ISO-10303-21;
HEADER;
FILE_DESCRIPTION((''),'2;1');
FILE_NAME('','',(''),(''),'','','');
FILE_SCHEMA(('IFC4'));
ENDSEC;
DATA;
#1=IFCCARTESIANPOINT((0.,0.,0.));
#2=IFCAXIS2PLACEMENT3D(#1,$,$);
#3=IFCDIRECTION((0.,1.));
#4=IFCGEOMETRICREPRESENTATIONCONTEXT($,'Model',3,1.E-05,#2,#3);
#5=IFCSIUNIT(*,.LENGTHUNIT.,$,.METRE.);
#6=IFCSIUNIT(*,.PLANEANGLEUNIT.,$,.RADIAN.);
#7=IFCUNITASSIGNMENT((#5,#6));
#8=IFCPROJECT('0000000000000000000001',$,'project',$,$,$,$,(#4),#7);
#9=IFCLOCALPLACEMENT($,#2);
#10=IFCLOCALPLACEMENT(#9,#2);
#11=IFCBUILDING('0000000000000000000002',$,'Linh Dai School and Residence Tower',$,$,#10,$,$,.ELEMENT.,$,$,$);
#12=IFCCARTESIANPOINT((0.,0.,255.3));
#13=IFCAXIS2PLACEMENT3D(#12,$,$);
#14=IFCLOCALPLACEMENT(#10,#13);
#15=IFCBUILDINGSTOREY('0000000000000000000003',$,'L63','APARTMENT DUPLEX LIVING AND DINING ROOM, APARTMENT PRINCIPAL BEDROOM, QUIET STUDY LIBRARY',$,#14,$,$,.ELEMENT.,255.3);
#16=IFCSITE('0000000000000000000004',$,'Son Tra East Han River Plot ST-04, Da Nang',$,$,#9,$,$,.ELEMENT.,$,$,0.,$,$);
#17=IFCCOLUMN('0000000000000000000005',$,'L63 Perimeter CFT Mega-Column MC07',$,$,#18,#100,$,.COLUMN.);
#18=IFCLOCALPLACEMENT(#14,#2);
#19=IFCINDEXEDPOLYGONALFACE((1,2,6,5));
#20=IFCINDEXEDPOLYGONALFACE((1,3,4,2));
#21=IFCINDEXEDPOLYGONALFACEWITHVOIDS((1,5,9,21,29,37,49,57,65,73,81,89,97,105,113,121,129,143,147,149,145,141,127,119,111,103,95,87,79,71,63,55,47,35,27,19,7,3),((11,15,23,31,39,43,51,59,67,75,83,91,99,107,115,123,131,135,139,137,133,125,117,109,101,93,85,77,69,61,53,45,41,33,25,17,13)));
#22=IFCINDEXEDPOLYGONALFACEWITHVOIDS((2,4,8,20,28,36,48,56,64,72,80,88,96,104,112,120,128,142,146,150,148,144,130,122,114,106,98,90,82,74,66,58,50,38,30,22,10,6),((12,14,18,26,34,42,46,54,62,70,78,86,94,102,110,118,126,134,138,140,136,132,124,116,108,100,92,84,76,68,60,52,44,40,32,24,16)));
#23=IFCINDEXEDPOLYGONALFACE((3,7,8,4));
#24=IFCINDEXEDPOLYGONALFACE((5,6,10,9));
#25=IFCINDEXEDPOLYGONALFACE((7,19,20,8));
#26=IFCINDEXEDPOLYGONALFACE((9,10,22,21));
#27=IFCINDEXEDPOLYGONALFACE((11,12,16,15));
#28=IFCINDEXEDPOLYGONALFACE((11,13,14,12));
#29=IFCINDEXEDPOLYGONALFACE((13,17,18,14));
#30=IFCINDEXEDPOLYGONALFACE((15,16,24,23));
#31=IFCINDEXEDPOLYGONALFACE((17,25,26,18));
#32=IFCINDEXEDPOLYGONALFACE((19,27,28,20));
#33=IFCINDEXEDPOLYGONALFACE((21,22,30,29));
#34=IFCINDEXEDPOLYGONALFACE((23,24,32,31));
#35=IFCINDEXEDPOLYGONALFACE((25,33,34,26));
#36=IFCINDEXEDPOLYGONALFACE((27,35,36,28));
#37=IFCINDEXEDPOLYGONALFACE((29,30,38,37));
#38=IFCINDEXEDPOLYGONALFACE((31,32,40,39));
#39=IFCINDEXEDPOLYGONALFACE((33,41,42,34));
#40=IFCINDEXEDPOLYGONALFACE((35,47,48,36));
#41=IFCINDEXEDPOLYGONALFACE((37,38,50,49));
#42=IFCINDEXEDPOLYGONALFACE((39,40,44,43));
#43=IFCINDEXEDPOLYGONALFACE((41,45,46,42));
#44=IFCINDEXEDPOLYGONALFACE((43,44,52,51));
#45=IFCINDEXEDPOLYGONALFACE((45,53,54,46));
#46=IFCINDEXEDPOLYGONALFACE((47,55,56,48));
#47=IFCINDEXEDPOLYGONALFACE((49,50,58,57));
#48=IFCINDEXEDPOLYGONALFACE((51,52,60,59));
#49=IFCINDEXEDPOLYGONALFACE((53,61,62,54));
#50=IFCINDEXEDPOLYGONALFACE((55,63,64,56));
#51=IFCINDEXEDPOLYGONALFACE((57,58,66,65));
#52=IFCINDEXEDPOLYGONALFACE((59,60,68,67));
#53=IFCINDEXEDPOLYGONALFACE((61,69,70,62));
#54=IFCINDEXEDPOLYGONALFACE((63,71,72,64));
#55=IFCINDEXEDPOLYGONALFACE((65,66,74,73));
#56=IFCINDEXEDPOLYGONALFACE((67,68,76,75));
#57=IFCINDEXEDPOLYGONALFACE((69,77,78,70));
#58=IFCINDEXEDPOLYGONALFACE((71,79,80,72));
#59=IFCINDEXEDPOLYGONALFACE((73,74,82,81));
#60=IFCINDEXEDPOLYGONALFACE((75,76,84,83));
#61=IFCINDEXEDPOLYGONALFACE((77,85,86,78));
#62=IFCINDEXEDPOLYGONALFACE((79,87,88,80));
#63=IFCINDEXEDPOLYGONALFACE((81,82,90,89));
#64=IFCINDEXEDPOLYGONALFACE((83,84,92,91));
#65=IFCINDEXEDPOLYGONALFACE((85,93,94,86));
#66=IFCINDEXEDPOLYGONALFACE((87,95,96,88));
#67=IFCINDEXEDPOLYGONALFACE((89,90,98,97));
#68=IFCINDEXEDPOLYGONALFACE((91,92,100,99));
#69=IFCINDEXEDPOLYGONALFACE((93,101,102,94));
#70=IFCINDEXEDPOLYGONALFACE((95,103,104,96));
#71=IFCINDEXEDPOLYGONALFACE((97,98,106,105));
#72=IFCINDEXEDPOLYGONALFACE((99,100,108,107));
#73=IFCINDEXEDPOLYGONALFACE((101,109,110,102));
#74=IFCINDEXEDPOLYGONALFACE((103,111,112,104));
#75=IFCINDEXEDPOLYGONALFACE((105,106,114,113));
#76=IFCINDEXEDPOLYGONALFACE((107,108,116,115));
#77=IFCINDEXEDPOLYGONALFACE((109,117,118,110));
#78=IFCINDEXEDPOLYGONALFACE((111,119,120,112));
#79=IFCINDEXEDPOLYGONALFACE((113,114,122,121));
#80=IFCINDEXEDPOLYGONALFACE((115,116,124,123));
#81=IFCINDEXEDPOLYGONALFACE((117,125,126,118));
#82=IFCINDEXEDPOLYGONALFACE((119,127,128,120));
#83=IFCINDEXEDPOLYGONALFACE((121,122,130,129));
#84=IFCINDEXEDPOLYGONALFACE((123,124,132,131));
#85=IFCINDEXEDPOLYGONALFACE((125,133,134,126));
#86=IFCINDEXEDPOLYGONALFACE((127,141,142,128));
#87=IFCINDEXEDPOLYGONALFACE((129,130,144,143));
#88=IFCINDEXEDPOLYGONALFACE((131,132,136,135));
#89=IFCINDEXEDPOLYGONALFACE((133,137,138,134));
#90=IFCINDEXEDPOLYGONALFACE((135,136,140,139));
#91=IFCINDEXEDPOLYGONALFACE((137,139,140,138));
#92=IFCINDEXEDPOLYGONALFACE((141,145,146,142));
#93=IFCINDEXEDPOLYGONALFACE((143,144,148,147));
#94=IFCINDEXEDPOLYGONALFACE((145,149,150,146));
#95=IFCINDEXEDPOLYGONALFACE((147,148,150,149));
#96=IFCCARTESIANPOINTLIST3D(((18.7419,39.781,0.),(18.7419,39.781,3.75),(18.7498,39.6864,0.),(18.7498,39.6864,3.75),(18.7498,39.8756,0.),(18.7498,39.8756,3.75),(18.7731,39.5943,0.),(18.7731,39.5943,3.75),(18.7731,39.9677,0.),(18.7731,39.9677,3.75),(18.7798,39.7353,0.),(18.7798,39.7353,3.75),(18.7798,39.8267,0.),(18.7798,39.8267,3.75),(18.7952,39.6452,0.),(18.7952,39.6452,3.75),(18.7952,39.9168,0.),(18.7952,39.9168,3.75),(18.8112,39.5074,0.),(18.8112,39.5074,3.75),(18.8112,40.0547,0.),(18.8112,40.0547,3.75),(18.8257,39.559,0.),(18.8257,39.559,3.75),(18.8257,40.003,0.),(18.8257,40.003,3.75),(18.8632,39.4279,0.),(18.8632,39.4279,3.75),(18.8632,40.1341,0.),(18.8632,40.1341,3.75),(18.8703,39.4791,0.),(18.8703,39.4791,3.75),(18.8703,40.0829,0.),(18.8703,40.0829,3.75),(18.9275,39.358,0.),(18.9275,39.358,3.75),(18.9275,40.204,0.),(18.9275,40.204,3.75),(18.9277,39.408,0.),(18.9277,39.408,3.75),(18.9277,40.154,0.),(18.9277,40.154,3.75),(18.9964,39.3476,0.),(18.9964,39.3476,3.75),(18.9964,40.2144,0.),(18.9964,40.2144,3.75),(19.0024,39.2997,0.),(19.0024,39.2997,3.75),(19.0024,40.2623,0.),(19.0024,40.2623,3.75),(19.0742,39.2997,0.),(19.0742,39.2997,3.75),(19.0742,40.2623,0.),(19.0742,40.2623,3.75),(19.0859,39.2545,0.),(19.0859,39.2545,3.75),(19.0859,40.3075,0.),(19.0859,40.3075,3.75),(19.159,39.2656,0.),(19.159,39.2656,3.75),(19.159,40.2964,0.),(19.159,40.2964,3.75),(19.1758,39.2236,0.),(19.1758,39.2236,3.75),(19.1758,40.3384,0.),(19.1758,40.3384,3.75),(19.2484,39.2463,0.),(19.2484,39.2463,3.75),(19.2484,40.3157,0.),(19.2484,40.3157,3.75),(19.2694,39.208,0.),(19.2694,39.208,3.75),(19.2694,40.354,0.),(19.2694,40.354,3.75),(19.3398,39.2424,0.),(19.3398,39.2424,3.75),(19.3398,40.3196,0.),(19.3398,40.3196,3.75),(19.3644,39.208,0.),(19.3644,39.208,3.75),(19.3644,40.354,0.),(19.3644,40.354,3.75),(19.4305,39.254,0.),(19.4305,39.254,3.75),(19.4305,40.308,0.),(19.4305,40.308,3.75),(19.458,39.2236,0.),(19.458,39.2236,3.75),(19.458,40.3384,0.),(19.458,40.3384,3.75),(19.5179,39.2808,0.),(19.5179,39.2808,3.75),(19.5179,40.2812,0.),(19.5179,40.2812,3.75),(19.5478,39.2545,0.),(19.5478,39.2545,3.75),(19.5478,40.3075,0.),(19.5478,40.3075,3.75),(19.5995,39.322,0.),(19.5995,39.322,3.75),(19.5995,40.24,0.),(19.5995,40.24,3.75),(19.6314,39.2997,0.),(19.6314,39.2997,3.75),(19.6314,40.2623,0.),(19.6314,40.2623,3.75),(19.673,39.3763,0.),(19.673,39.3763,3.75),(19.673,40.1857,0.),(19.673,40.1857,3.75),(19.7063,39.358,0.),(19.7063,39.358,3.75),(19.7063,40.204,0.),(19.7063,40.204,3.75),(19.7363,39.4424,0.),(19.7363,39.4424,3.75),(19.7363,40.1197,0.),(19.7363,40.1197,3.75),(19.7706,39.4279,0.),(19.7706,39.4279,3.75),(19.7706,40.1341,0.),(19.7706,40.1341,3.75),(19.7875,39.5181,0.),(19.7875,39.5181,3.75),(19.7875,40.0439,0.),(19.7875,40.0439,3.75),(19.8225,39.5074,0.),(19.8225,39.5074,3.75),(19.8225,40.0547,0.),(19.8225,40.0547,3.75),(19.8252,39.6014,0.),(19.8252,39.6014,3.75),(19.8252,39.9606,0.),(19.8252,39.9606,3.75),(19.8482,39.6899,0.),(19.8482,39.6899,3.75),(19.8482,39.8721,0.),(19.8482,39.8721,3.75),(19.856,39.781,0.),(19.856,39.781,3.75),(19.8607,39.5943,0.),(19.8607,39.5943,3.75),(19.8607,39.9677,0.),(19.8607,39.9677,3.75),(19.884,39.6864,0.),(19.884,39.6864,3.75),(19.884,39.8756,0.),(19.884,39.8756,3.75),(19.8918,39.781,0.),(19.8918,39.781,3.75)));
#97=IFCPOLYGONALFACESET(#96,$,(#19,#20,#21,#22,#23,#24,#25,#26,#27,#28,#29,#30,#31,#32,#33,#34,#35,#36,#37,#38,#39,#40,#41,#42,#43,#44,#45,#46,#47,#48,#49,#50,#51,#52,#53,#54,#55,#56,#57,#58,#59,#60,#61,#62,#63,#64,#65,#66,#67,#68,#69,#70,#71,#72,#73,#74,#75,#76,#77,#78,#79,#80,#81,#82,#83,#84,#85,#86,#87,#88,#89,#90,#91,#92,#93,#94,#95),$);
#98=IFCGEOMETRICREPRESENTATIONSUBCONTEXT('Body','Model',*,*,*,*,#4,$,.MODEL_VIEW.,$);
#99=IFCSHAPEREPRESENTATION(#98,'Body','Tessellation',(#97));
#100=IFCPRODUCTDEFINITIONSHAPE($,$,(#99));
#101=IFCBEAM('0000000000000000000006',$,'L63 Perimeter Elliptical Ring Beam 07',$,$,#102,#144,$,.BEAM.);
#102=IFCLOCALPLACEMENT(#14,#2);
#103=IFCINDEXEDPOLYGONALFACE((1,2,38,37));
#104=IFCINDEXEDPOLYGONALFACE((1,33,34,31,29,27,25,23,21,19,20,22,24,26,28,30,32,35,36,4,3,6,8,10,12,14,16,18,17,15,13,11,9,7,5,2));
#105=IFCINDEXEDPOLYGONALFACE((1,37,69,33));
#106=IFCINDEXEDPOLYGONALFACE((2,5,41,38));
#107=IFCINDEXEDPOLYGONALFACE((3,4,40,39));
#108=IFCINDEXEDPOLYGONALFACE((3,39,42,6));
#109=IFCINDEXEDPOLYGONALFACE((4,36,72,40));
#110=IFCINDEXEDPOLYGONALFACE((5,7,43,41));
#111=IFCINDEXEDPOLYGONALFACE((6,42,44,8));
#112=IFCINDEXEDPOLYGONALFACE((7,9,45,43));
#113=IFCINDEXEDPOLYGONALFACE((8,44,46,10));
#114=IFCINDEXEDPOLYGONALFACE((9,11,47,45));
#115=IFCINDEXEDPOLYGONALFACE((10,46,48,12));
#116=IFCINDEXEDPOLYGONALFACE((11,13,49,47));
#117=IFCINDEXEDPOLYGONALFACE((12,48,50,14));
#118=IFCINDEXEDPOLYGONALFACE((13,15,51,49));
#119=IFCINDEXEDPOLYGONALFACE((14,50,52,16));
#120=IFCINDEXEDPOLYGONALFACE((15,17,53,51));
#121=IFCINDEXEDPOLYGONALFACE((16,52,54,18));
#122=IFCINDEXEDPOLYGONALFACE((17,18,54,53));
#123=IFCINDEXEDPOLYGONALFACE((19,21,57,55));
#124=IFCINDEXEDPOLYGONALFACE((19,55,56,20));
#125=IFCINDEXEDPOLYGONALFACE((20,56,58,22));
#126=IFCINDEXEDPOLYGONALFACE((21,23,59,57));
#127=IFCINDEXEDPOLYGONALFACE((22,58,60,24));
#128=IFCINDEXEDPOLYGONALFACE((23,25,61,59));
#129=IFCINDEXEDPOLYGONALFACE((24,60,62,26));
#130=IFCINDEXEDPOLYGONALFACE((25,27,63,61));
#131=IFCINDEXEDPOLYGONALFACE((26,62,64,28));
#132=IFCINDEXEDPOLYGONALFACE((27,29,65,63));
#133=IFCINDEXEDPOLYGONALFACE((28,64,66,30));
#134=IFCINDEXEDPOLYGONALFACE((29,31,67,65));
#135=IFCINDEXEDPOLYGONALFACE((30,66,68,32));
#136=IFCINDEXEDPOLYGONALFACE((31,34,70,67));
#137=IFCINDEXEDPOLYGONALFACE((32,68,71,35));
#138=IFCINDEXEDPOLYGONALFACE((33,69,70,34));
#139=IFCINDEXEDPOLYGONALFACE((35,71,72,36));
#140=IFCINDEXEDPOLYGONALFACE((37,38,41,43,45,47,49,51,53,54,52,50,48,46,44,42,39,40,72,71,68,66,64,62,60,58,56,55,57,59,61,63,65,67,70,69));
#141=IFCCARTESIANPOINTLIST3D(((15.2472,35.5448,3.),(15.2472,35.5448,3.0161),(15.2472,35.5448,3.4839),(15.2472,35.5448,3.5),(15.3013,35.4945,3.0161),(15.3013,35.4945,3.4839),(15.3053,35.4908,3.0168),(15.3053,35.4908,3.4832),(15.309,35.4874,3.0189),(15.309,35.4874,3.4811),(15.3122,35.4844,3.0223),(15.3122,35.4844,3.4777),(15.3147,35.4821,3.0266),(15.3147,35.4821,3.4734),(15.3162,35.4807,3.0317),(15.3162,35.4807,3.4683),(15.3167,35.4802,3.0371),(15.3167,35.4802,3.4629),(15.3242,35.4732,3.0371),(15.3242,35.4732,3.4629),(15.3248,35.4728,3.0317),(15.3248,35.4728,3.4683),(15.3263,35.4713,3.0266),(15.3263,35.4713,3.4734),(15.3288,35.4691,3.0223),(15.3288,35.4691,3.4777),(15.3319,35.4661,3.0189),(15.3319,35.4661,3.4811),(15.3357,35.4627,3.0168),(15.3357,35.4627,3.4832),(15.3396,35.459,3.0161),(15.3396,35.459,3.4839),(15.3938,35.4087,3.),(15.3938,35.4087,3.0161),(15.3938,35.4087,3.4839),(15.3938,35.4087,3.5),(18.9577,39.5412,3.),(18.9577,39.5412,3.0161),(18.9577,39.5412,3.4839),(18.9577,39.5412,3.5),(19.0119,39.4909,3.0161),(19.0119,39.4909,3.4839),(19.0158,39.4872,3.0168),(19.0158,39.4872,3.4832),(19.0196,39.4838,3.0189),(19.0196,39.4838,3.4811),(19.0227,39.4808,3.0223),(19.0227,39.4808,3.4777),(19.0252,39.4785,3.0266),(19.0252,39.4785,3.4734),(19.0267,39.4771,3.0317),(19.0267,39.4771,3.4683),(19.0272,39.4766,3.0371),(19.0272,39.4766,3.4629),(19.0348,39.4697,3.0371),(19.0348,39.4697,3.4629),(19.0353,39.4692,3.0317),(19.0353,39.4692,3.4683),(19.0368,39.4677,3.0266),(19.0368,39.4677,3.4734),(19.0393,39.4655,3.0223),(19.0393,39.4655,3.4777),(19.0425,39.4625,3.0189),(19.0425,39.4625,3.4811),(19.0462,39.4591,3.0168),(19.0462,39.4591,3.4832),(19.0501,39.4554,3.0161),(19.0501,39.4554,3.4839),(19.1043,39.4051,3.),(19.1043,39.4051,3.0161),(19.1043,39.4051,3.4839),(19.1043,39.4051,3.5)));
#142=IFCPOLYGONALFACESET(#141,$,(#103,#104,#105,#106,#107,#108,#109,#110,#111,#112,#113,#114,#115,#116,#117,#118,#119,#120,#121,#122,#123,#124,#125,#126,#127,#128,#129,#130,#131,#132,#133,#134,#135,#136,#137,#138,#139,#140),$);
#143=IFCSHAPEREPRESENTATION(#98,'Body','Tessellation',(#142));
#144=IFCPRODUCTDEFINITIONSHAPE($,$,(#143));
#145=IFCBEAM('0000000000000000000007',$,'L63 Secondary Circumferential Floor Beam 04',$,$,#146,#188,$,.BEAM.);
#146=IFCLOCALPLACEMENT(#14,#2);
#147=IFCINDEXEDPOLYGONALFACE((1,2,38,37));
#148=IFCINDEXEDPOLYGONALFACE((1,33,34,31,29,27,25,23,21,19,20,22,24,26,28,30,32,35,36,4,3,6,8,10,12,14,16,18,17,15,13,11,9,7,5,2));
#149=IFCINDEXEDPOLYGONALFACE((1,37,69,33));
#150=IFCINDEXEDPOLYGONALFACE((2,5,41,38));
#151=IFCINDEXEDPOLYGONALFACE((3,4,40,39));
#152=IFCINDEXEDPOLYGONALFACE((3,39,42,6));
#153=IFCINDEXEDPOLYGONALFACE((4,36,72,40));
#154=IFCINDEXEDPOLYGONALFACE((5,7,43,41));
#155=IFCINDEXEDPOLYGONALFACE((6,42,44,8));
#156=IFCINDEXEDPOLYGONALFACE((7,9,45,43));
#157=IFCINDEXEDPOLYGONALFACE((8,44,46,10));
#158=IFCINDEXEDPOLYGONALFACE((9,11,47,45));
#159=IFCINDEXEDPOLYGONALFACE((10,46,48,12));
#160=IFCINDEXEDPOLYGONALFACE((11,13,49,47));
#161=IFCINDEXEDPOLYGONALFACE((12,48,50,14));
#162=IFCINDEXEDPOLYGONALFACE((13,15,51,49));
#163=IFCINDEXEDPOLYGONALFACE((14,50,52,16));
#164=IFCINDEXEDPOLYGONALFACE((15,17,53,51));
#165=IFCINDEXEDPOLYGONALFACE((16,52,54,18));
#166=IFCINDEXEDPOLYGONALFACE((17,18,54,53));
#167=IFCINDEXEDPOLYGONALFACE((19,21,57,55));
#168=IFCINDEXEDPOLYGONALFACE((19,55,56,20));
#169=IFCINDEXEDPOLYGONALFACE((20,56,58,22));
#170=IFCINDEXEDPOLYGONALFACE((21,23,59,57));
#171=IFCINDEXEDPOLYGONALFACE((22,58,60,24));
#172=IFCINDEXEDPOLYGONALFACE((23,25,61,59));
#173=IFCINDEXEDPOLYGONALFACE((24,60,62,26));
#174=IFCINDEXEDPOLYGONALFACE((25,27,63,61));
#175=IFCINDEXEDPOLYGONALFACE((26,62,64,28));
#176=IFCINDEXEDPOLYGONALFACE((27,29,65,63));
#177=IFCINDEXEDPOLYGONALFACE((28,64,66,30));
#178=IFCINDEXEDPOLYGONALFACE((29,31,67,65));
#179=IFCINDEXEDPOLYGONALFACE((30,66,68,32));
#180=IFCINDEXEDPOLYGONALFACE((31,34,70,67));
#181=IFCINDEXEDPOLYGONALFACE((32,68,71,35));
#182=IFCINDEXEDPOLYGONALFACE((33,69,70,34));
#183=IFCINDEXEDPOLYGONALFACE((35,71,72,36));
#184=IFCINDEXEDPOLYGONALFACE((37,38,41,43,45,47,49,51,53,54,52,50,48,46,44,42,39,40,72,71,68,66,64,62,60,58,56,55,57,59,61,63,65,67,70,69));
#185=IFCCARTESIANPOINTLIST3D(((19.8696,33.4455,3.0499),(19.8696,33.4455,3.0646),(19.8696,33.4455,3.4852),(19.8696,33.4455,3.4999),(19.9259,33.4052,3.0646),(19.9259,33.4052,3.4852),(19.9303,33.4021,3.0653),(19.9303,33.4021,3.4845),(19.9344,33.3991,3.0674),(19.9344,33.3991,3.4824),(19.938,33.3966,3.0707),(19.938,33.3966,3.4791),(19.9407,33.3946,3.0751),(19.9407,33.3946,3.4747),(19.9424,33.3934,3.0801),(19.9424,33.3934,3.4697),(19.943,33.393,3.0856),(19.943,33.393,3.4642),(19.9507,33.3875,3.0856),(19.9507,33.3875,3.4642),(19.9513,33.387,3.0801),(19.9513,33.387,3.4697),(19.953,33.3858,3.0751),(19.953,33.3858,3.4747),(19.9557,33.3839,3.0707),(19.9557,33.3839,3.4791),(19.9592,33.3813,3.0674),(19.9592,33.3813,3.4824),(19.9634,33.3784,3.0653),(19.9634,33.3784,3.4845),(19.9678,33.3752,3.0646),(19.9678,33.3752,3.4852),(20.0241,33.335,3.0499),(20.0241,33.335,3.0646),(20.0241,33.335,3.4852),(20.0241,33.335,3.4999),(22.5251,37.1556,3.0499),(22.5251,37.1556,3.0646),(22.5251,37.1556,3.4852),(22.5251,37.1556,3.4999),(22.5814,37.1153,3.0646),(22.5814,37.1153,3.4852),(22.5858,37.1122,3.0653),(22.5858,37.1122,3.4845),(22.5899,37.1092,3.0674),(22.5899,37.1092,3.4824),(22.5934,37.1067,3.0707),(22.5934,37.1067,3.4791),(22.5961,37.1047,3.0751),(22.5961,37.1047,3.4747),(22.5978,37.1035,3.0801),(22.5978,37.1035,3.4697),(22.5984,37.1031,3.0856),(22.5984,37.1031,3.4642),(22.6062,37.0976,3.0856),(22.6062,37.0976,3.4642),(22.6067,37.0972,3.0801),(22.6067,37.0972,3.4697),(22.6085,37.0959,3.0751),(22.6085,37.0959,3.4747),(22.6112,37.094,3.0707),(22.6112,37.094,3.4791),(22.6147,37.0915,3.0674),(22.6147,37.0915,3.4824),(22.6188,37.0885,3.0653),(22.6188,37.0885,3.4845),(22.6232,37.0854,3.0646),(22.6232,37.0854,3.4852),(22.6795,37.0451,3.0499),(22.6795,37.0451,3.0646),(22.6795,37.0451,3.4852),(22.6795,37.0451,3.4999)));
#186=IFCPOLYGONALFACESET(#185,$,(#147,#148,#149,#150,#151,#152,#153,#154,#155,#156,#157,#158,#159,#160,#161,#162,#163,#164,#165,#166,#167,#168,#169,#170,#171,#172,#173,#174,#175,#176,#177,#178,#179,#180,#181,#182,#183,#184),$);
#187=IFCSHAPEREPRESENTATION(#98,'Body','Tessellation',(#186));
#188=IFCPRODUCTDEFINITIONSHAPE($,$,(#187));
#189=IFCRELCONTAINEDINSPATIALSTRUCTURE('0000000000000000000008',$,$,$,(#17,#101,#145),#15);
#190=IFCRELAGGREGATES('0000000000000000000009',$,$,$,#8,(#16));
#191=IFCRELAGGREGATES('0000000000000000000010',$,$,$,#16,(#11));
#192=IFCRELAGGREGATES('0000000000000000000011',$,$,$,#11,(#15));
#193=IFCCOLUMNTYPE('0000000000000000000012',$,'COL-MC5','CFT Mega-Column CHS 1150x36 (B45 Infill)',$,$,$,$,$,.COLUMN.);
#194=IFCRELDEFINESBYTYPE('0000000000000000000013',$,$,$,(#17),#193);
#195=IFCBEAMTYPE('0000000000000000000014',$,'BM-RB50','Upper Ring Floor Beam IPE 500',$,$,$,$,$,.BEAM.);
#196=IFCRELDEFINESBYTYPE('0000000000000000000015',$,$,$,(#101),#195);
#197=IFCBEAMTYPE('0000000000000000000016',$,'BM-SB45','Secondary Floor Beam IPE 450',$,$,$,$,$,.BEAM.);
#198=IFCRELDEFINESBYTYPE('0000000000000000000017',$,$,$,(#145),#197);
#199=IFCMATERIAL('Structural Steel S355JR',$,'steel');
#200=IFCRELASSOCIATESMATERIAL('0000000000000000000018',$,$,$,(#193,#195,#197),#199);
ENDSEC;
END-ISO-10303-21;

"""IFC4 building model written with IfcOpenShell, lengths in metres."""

from ifc_helpers import new_model, si_unit, direction, frame, origin, origin_2d, place, context, subcontext, project, spatial, hollow_circle, i_section, extrude, material, material_profile, profile_set, type_object, element, save


model = new_model("IFC4")

# Units and contexts
model_context = context("Model", 3, precision=1e-05, world=origin(), true_north=direction((0.0, 1.0)))
body_context = subcontext(model_context, "Body", "Model", "MODEL_VIEW")
ifc_project = project(units=[si_unit("LENGTHUNIT", "METRE"), si_unit("PLANEANGLEUNIT", "RADIAN")], contexts=[model_context])

# Site, building, storey
site_placement = place(None, origin())
site = spatial("IfcSite", under=ifc_project, at=site_placement, Name="Son Tra East Han River Plot ST-04, Da Nang", CompositionType="ELEMENT", RefElevation=0.0)
building_placement = place(site_placement, origin())
building = spatial("IfcBuilding", under=site, at=building_placement, Name="Linh Dai School and Residence Tower", CompositionType="ELEMENT")
storey_placement = place(building_placement, frame((0.0, 0.0, 255.3)))
storey = spatial("IfcBuildingStorey", under=building, at=storey_placement, Name="L63", Description="APARTMENT DUPLEX LIVING AND DINING ROOM, APARTMENT PRINCIPAL BEDROOM, QUIET STUDY LIBRARY", CompositionType="ELEMENT", Elevation=255.3)

# Column
ifc_material_1 = material(Name="Structural Steel S355JR", Category="steel")
ifc_material_profile_1 = material_profile(ifc_material_1, hollow_circle(Radius=0.575, WallThickness=0.0359, at=origin_2d()), Name="CHS 1150x36")
ifc_profile_set_1 = profile_set([ifc_material_profile_1], Name="Structural Steel S355JR")
column_type = type_object("IfcColumnType", Name="COL-MC5", Description="CFT Mega-Column CHS 1150x36 (B45 Infill)", PredefinedType="COLUMN", material=ifc_profile_set_1)
column_placement = place(storey_placement, frame((19.3169, 39.781, 0.0), z_axis=(0.0, 0.0, 1.0), x_axis=(1.0, 0.0, 0.0)))
element("IfcColumn", 1, at=column_placement, inside=storey, type_object=column_type, Name="L63 Perimeter CFT Mega-Column MC07", PredefinedType="COLUMN", context=body_context, shape_type="SweptSolid", body=[
    extrude(hollow_circle(Radius=0.575, WallThickness=0.0359, at=origin_2d()), origin(), (0.0, 0.0, 1.0), 3.75),
])

# Beams
ifc_material_profile_2 = material_profile(ifc_material_1, i_section(OverallWidth=0.2, OverallDepth=0.5, WebThickness=0.0103, FlangeThickness=0.0161, FilletRadius=0.021, at=origin_2d()), Name="IPE 500")
ifc_profile_set_2 = profile_set([ifc_material_profile_2], Name="Structural Steel S355JR")
beam_type_1 = type_object("IfcBeamType", Name="BM-RB50", Description="Upper Ring Floor Beam IPE 500", PredefinedType="BEAM", material=ifc_profile_set_2)
beam_1_placement = place(storey_placement, frame((19.031, 39.4731, 3.25), z_axis=(-0.680408, -0.732833, 0.0), x_axis=(0.732833, -0.680408, 0.0)))
element("IfcBeam", 2, at=beam_1_placement, inside=storey, type_object=beam_type_1, Name="L63 Perimeter Elliptical Ring Beam 07", PredefinedType="BEAM", context=body_context, shape_type="SweptSolid", body=[
    extrude(i_section(OverallWidth=0.2, OverallDepth=0.5, WebThickness=0.0103, FlangeThickness=0.0161, FilletRadius=0.021, at=origin_2d()), origin(), (0.0, 0.0, 1.0), 5.4534),
])
ifc_material_profile_3 = material_profile(ifc_material_1, i_section(OverallWidth=0.1899, OverallDepth=0.45, WebThickness=0.0095, FlangeThickness=0.0146, FilletRadius=0.021, at=origin_2d()), Name="IPE 450")
ifc_profile_set_3 = profile_set([ifc_material_profile_3], Name="Structural Steel S355JR")
beam_type_2 = type_object("IfcBeamType", Name="BM-SB45", Description="Secondary Floor Beam IPE 450", PredefinedType="BEAM", material=ifc_profile_set_3)
beam_2_placement = place(storey_placement, frame((22.6023, 37.1003, 3.2749), z_axis=(-0.582017, -0.813176, 0.0), x_axis=(0.813176, -0.582017, 0.0)))
element("IfcBeam", 3, at=beam_2_placement, inside=storey, type_object=beam_type_2, Name="L63 Secondary Circumferential Floor Beam 04", PredefinedType="BEAM", context=body_context, shape_type="SweptSolid", body=[
    extrude(i_section(OverallWidth=0.1899, OverallDepth=0.45, WebThickness=0.0095, FlangeThickness=0.0146, FilletRadius=0.021, at=origin_2d()), origin(), (0.0, 0.0, 1.0), 4.5625),
])

save(model, "model.ifc")
